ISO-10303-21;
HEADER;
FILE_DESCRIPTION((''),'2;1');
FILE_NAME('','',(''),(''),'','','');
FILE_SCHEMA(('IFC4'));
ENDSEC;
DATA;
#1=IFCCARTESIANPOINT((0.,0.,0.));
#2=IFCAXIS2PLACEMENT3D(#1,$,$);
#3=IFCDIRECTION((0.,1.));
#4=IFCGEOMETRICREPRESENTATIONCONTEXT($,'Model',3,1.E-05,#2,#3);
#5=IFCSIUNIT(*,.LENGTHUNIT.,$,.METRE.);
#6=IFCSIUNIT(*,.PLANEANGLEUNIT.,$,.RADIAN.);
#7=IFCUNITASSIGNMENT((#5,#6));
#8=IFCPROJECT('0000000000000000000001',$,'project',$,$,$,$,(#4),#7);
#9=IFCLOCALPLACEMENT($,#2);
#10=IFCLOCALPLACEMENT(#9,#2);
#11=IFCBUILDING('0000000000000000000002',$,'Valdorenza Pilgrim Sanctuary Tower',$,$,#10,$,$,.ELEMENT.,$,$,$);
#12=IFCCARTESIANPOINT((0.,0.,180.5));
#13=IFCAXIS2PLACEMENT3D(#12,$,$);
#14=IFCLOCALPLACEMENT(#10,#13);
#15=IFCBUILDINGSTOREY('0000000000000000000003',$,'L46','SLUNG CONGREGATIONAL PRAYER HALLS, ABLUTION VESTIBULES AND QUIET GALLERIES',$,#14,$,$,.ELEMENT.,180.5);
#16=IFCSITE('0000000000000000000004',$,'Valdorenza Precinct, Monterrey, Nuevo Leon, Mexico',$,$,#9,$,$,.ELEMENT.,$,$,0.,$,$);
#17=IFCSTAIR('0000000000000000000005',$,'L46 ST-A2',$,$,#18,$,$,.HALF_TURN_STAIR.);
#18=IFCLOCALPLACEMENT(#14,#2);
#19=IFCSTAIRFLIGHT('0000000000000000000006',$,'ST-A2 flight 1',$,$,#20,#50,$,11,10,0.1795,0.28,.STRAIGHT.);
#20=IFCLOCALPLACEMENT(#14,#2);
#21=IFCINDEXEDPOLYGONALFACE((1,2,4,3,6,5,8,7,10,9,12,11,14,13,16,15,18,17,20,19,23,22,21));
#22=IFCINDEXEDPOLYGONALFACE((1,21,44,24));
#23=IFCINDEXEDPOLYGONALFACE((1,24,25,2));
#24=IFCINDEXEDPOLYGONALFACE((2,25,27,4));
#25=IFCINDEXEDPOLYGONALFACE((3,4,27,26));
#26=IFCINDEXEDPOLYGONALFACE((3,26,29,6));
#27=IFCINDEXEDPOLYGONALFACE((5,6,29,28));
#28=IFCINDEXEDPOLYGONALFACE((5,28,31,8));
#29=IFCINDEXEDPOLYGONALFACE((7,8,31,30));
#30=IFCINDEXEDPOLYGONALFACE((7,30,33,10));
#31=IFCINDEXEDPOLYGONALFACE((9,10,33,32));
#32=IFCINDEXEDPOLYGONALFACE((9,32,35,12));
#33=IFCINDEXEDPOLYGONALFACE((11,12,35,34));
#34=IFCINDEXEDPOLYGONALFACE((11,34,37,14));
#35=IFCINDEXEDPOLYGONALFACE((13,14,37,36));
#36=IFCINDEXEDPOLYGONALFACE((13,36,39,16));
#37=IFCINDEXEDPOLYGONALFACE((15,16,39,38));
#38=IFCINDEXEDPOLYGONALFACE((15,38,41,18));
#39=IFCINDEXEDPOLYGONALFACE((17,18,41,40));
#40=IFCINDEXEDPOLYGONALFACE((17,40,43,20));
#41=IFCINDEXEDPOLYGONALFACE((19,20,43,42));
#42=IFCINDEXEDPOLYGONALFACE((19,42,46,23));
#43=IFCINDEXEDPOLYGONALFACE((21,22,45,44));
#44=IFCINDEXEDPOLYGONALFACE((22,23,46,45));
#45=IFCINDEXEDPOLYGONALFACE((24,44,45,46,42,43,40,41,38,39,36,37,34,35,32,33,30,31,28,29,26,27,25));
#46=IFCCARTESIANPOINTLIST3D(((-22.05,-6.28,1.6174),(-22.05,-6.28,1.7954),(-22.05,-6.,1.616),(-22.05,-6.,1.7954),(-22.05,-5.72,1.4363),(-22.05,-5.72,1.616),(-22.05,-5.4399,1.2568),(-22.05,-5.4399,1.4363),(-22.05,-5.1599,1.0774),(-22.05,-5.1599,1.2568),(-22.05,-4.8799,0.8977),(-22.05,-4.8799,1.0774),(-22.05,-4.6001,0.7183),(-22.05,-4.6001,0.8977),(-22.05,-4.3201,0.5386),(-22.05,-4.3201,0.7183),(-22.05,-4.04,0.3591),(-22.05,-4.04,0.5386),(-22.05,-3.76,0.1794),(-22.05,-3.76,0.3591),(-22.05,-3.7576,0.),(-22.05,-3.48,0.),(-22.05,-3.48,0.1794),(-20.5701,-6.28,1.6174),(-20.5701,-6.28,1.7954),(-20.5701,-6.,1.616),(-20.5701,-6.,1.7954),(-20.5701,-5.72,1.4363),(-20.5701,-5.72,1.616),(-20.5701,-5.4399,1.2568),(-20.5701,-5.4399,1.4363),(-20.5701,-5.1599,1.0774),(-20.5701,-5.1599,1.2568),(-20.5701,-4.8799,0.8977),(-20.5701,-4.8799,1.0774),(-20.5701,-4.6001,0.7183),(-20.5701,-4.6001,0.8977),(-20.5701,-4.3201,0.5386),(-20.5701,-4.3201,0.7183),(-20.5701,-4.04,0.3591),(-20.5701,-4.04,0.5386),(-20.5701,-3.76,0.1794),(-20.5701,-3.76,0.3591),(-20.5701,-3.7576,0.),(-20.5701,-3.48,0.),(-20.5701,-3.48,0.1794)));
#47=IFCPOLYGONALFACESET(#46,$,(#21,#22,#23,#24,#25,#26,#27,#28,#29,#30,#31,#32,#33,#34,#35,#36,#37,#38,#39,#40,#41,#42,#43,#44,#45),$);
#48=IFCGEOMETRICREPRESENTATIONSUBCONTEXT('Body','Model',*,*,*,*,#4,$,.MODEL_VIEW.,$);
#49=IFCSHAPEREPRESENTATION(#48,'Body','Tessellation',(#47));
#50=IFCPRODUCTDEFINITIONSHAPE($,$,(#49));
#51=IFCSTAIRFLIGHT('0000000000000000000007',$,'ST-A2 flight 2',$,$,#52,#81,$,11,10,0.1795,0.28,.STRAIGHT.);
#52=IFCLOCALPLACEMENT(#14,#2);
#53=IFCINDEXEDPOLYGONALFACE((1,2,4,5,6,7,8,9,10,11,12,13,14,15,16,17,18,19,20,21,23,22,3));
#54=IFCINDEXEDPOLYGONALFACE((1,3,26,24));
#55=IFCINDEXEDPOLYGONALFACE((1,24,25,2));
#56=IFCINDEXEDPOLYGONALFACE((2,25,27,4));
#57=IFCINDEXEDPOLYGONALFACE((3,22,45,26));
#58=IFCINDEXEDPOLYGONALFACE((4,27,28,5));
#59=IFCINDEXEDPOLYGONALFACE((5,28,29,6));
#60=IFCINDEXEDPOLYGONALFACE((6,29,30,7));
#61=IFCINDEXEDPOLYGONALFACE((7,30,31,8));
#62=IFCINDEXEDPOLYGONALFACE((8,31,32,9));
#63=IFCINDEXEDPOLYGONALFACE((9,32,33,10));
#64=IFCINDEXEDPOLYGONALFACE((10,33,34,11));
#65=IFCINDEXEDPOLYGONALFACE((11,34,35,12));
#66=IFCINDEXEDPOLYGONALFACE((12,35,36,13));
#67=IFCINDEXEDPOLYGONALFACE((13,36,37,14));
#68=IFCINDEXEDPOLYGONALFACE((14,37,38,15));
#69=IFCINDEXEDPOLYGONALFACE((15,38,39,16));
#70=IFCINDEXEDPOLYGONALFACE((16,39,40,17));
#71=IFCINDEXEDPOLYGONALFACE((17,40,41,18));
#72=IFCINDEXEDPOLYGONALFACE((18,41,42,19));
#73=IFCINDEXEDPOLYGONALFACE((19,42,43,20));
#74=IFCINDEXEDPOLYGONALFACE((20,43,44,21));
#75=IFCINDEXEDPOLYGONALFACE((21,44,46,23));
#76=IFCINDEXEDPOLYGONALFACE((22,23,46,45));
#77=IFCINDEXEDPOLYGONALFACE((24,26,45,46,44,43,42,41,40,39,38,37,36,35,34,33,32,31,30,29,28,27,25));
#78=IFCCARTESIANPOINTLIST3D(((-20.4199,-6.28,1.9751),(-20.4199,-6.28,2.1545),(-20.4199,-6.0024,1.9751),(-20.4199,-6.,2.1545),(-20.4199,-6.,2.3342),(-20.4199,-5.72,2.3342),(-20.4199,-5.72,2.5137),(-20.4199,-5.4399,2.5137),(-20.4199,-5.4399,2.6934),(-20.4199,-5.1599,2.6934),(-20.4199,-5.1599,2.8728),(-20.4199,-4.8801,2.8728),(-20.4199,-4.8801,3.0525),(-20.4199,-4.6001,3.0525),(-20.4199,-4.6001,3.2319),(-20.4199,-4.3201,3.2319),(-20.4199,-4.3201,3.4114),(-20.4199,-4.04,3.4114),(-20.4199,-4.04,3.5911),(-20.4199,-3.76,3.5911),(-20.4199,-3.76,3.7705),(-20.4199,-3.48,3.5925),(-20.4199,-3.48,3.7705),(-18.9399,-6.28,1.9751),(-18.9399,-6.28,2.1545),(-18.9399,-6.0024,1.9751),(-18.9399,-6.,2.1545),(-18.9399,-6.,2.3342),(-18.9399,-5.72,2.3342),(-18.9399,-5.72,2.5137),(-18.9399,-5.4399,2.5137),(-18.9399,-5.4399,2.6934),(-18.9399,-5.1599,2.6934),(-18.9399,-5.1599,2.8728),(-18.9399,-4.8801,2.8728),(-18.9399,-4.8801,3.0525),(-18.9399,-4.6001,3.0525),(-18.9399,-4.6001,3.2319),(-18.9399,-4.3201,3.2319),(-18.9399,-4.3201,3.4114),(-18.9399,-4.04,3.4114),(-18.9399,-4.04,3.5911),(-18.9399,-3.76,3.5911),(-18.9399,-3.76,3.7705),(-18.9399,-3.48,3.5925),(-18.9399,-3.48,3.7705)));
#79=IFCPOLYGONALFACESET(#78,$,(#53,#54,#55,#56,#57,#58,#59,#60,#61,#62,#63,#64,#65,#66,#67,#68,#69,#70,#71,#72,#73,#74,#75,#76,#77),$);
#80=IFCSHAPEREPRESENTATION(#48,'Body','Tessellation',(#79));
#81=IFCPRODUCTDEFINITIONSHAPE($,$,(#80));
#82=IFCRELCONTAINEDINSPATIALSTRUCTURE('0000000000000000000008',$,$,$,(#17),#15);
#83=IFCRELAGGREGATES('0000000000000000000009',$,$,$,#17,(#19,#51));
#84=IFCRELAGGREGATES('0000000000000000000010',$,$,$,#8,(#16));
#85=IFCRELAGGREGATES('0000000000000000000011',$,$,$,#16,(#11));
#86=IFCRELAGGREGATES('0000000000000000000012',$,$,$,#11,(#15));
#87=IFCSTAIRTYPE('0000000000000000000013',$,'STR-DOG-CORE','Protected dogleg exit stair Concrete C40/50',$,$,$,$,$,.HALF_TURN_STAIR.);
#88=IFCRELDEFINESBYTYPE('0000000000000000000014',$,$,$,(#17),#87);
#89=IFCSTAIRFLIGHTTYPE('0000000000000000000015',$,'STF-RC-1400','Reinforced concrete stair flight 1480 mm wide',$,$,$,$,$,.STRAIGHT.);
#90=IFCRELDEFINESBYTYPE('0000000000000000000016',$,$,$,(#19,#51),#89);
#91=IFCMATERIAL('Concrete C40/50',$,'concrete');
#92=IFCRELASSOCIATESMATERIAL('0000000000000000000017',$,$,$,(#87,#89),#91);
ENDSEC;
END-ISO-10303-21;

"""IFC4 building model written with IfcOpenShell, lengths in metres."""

from ifc_helpers import new_model, si_unit, direction, frame, origin, place, context, subcontext, project, spatial, polyline, outline, extrude, material, type_object, element, aggregate, save


model = new_model("IFC4")

# Units and contexts
model_context = context("Model", 3, precision=1e-05, world=origin(), true_north=direction((0.0, 1.0)))
body_context = subcontext(model_context, "Body", "Model", "MODEL_VIEW")
ifc_project = project(units=[si_unit("LENGTHUNIT", "METRE"), si_unit("PLANEANGLEUNIT", "RADIAN")], contexts=[model_context])

# Site, building, storey
site_placement = place(None, origin())
site = spatial("IfcSite", under=ifc_project, at=site_placement, Name="Valdorenza Precinct, Monterrey, Nuevo Leon, Mexico", CompositionType="ELEMENT", RefElevation=0.0)
building_placement = place(site_placement, origin())
building = spatial("IfcBuilding", under=site, at=building_placement, Name="Valdorenza Pilgrim Sanctuary Tower", CompositionType="ELEMENT")
storey_placement = place(building_placement, frame((0.0, 0.0, 180.5)))
storey = spatial("IfcBuildingStorey", under=building, at=storey_placement, Name="L46", Description="SLUNG CONGREGATIONAL PRAYER HALLS, ABLUTION VESTIBULES AND QUIET GALLERIES", CompositionType="ELEMENT", Elevation=180.5)

# Stair, stair flights
ifc_material_1 = material(Name="Concrete C40/50", Category="concrete")
stair_type = type_object("IfcStairType", Name="STR-DOG-CORE", Description="Protected dogleg exit stair Concrete C40/50", PredefinedType="HALF_TURN_STAIR", material=ifc_material_1)
stair_placement = place(storey_placement, origin())
stair = element("IfcStair", 1, at=stair_placement, inside=storey, type_object=stair_type, Name="L46 ST-A2", PredefinedType="HALF_TURN_STAIR")
stair_flight_type = type_object("IfcStairFlightType", Name="STF-RC-1400", Description="Reinforced concrete stair flight 1480 mm wide", PredefinedType="STRAIGHT", material=ifc_material_1)
stair_flight_1_placement = place(storey_placement, frame((-21.3101, -3.48, 0.0), z_axis=(0.0, 0.0, 1.0), x_axis=(0.0, -1.0, 0.0)))
stair_flight_1 = element("IfcStairFlight", 2, at=stair_flight_1_placement, type_object=stair_flight_type, Name="ST-A2 flight 1", NumberOfRisers=11, NumberOfTreads=10, PredefinedType="STRAIGHT", RiserHeight=0.1795, TreadLength=0.28, context=body_context, shape_type="SweptSolid", body=[
    extrude(outline(polyline([(0.0, 0.0), (0.0, 0.1794), (0.28, 0.1794), (0.28, 0.3591), (0.5601, 0.3591), (0.5601, 0.5386), (0.8401, 0.5386), (0.8401, 0.7183), (1.1201, 0.7183), (1.1201, 0.8977), (1.3999, 0.8977), (1.3999, 1.0774), (1.6799, 1.0774), (1.6799, 1.2568), (1.96, 1.2568), (1.96, 1.4363), (2.24, 1.4363), (2.24, 1.616), (2.52, 1.616), (2.52, 1.7954), (2.8, 1.7954), (2.8, 1.9751), (2.8, 1.6174), (0.2776, 0.0), (0.0, 0.0)])), frame((0.0, 0.74, 0.0), z_axis=(0.0, -1.0, 0.0), x_axis=(1.0, 0.0, 0.0)), (0.0, 0.0, 1.0), 1.48),
])
stair_flight_2_placement = place(storey_placement, frame((-19.6799, -6.28, 1.9751), z_axis=(0.0, 0.0, 1.0), x_axis=(0.0, 1.0, 0.0)))
stair_flight_2 = element("IfcStairFlight", 3, at=stair_flight_2_placement, type_object=stair_flight_type, Name="ST-A2 flight 2", NumberOfRisers=11, NumberOfTreads=10, PredefinedType="STRAIGHT", RiserHeight=0.1795, TreadLength=0.28, context=body_context, shape_type="SweptSolid", body=[
    extrude(outline(polyline([(0.0, 0.0), (0.0, 0.1794), (0.28, 0.1794), (0.28, 0.3591), (0.5601, 0.3591), (0.5601, 0.5386), (0.8401, 0.5386), (0.8401, 0.7183), (1.1201, 0.7183), (1.1201, 0.8977), (1.3999, 0.8977), (1.3999, 1.0774), (1.6799, 1.0774), (1.6799, 1.2568), (1.96, 1.2568), (1.96, 1.4363), (2.24, 1.4363), (2.24, 1.616), (2.52, 1.616), (2.52, 1.7954), (2.8, 1.7954), (2.8, 1.9751), (2.8, 1.6174), (0.2776, 0.0), (0.0, 0.0)])), frame((0.0, 0.74, 0.0), z_axis=(0.0, -1.0, 0.0), x_axis=(1.0, 0.0, 0.0)), (0.0, 0.0, 1.0), 1.48),
])
aggregate(stair, [stair_flight_1, stair_flight_2])

save(model, "model.ifc")
